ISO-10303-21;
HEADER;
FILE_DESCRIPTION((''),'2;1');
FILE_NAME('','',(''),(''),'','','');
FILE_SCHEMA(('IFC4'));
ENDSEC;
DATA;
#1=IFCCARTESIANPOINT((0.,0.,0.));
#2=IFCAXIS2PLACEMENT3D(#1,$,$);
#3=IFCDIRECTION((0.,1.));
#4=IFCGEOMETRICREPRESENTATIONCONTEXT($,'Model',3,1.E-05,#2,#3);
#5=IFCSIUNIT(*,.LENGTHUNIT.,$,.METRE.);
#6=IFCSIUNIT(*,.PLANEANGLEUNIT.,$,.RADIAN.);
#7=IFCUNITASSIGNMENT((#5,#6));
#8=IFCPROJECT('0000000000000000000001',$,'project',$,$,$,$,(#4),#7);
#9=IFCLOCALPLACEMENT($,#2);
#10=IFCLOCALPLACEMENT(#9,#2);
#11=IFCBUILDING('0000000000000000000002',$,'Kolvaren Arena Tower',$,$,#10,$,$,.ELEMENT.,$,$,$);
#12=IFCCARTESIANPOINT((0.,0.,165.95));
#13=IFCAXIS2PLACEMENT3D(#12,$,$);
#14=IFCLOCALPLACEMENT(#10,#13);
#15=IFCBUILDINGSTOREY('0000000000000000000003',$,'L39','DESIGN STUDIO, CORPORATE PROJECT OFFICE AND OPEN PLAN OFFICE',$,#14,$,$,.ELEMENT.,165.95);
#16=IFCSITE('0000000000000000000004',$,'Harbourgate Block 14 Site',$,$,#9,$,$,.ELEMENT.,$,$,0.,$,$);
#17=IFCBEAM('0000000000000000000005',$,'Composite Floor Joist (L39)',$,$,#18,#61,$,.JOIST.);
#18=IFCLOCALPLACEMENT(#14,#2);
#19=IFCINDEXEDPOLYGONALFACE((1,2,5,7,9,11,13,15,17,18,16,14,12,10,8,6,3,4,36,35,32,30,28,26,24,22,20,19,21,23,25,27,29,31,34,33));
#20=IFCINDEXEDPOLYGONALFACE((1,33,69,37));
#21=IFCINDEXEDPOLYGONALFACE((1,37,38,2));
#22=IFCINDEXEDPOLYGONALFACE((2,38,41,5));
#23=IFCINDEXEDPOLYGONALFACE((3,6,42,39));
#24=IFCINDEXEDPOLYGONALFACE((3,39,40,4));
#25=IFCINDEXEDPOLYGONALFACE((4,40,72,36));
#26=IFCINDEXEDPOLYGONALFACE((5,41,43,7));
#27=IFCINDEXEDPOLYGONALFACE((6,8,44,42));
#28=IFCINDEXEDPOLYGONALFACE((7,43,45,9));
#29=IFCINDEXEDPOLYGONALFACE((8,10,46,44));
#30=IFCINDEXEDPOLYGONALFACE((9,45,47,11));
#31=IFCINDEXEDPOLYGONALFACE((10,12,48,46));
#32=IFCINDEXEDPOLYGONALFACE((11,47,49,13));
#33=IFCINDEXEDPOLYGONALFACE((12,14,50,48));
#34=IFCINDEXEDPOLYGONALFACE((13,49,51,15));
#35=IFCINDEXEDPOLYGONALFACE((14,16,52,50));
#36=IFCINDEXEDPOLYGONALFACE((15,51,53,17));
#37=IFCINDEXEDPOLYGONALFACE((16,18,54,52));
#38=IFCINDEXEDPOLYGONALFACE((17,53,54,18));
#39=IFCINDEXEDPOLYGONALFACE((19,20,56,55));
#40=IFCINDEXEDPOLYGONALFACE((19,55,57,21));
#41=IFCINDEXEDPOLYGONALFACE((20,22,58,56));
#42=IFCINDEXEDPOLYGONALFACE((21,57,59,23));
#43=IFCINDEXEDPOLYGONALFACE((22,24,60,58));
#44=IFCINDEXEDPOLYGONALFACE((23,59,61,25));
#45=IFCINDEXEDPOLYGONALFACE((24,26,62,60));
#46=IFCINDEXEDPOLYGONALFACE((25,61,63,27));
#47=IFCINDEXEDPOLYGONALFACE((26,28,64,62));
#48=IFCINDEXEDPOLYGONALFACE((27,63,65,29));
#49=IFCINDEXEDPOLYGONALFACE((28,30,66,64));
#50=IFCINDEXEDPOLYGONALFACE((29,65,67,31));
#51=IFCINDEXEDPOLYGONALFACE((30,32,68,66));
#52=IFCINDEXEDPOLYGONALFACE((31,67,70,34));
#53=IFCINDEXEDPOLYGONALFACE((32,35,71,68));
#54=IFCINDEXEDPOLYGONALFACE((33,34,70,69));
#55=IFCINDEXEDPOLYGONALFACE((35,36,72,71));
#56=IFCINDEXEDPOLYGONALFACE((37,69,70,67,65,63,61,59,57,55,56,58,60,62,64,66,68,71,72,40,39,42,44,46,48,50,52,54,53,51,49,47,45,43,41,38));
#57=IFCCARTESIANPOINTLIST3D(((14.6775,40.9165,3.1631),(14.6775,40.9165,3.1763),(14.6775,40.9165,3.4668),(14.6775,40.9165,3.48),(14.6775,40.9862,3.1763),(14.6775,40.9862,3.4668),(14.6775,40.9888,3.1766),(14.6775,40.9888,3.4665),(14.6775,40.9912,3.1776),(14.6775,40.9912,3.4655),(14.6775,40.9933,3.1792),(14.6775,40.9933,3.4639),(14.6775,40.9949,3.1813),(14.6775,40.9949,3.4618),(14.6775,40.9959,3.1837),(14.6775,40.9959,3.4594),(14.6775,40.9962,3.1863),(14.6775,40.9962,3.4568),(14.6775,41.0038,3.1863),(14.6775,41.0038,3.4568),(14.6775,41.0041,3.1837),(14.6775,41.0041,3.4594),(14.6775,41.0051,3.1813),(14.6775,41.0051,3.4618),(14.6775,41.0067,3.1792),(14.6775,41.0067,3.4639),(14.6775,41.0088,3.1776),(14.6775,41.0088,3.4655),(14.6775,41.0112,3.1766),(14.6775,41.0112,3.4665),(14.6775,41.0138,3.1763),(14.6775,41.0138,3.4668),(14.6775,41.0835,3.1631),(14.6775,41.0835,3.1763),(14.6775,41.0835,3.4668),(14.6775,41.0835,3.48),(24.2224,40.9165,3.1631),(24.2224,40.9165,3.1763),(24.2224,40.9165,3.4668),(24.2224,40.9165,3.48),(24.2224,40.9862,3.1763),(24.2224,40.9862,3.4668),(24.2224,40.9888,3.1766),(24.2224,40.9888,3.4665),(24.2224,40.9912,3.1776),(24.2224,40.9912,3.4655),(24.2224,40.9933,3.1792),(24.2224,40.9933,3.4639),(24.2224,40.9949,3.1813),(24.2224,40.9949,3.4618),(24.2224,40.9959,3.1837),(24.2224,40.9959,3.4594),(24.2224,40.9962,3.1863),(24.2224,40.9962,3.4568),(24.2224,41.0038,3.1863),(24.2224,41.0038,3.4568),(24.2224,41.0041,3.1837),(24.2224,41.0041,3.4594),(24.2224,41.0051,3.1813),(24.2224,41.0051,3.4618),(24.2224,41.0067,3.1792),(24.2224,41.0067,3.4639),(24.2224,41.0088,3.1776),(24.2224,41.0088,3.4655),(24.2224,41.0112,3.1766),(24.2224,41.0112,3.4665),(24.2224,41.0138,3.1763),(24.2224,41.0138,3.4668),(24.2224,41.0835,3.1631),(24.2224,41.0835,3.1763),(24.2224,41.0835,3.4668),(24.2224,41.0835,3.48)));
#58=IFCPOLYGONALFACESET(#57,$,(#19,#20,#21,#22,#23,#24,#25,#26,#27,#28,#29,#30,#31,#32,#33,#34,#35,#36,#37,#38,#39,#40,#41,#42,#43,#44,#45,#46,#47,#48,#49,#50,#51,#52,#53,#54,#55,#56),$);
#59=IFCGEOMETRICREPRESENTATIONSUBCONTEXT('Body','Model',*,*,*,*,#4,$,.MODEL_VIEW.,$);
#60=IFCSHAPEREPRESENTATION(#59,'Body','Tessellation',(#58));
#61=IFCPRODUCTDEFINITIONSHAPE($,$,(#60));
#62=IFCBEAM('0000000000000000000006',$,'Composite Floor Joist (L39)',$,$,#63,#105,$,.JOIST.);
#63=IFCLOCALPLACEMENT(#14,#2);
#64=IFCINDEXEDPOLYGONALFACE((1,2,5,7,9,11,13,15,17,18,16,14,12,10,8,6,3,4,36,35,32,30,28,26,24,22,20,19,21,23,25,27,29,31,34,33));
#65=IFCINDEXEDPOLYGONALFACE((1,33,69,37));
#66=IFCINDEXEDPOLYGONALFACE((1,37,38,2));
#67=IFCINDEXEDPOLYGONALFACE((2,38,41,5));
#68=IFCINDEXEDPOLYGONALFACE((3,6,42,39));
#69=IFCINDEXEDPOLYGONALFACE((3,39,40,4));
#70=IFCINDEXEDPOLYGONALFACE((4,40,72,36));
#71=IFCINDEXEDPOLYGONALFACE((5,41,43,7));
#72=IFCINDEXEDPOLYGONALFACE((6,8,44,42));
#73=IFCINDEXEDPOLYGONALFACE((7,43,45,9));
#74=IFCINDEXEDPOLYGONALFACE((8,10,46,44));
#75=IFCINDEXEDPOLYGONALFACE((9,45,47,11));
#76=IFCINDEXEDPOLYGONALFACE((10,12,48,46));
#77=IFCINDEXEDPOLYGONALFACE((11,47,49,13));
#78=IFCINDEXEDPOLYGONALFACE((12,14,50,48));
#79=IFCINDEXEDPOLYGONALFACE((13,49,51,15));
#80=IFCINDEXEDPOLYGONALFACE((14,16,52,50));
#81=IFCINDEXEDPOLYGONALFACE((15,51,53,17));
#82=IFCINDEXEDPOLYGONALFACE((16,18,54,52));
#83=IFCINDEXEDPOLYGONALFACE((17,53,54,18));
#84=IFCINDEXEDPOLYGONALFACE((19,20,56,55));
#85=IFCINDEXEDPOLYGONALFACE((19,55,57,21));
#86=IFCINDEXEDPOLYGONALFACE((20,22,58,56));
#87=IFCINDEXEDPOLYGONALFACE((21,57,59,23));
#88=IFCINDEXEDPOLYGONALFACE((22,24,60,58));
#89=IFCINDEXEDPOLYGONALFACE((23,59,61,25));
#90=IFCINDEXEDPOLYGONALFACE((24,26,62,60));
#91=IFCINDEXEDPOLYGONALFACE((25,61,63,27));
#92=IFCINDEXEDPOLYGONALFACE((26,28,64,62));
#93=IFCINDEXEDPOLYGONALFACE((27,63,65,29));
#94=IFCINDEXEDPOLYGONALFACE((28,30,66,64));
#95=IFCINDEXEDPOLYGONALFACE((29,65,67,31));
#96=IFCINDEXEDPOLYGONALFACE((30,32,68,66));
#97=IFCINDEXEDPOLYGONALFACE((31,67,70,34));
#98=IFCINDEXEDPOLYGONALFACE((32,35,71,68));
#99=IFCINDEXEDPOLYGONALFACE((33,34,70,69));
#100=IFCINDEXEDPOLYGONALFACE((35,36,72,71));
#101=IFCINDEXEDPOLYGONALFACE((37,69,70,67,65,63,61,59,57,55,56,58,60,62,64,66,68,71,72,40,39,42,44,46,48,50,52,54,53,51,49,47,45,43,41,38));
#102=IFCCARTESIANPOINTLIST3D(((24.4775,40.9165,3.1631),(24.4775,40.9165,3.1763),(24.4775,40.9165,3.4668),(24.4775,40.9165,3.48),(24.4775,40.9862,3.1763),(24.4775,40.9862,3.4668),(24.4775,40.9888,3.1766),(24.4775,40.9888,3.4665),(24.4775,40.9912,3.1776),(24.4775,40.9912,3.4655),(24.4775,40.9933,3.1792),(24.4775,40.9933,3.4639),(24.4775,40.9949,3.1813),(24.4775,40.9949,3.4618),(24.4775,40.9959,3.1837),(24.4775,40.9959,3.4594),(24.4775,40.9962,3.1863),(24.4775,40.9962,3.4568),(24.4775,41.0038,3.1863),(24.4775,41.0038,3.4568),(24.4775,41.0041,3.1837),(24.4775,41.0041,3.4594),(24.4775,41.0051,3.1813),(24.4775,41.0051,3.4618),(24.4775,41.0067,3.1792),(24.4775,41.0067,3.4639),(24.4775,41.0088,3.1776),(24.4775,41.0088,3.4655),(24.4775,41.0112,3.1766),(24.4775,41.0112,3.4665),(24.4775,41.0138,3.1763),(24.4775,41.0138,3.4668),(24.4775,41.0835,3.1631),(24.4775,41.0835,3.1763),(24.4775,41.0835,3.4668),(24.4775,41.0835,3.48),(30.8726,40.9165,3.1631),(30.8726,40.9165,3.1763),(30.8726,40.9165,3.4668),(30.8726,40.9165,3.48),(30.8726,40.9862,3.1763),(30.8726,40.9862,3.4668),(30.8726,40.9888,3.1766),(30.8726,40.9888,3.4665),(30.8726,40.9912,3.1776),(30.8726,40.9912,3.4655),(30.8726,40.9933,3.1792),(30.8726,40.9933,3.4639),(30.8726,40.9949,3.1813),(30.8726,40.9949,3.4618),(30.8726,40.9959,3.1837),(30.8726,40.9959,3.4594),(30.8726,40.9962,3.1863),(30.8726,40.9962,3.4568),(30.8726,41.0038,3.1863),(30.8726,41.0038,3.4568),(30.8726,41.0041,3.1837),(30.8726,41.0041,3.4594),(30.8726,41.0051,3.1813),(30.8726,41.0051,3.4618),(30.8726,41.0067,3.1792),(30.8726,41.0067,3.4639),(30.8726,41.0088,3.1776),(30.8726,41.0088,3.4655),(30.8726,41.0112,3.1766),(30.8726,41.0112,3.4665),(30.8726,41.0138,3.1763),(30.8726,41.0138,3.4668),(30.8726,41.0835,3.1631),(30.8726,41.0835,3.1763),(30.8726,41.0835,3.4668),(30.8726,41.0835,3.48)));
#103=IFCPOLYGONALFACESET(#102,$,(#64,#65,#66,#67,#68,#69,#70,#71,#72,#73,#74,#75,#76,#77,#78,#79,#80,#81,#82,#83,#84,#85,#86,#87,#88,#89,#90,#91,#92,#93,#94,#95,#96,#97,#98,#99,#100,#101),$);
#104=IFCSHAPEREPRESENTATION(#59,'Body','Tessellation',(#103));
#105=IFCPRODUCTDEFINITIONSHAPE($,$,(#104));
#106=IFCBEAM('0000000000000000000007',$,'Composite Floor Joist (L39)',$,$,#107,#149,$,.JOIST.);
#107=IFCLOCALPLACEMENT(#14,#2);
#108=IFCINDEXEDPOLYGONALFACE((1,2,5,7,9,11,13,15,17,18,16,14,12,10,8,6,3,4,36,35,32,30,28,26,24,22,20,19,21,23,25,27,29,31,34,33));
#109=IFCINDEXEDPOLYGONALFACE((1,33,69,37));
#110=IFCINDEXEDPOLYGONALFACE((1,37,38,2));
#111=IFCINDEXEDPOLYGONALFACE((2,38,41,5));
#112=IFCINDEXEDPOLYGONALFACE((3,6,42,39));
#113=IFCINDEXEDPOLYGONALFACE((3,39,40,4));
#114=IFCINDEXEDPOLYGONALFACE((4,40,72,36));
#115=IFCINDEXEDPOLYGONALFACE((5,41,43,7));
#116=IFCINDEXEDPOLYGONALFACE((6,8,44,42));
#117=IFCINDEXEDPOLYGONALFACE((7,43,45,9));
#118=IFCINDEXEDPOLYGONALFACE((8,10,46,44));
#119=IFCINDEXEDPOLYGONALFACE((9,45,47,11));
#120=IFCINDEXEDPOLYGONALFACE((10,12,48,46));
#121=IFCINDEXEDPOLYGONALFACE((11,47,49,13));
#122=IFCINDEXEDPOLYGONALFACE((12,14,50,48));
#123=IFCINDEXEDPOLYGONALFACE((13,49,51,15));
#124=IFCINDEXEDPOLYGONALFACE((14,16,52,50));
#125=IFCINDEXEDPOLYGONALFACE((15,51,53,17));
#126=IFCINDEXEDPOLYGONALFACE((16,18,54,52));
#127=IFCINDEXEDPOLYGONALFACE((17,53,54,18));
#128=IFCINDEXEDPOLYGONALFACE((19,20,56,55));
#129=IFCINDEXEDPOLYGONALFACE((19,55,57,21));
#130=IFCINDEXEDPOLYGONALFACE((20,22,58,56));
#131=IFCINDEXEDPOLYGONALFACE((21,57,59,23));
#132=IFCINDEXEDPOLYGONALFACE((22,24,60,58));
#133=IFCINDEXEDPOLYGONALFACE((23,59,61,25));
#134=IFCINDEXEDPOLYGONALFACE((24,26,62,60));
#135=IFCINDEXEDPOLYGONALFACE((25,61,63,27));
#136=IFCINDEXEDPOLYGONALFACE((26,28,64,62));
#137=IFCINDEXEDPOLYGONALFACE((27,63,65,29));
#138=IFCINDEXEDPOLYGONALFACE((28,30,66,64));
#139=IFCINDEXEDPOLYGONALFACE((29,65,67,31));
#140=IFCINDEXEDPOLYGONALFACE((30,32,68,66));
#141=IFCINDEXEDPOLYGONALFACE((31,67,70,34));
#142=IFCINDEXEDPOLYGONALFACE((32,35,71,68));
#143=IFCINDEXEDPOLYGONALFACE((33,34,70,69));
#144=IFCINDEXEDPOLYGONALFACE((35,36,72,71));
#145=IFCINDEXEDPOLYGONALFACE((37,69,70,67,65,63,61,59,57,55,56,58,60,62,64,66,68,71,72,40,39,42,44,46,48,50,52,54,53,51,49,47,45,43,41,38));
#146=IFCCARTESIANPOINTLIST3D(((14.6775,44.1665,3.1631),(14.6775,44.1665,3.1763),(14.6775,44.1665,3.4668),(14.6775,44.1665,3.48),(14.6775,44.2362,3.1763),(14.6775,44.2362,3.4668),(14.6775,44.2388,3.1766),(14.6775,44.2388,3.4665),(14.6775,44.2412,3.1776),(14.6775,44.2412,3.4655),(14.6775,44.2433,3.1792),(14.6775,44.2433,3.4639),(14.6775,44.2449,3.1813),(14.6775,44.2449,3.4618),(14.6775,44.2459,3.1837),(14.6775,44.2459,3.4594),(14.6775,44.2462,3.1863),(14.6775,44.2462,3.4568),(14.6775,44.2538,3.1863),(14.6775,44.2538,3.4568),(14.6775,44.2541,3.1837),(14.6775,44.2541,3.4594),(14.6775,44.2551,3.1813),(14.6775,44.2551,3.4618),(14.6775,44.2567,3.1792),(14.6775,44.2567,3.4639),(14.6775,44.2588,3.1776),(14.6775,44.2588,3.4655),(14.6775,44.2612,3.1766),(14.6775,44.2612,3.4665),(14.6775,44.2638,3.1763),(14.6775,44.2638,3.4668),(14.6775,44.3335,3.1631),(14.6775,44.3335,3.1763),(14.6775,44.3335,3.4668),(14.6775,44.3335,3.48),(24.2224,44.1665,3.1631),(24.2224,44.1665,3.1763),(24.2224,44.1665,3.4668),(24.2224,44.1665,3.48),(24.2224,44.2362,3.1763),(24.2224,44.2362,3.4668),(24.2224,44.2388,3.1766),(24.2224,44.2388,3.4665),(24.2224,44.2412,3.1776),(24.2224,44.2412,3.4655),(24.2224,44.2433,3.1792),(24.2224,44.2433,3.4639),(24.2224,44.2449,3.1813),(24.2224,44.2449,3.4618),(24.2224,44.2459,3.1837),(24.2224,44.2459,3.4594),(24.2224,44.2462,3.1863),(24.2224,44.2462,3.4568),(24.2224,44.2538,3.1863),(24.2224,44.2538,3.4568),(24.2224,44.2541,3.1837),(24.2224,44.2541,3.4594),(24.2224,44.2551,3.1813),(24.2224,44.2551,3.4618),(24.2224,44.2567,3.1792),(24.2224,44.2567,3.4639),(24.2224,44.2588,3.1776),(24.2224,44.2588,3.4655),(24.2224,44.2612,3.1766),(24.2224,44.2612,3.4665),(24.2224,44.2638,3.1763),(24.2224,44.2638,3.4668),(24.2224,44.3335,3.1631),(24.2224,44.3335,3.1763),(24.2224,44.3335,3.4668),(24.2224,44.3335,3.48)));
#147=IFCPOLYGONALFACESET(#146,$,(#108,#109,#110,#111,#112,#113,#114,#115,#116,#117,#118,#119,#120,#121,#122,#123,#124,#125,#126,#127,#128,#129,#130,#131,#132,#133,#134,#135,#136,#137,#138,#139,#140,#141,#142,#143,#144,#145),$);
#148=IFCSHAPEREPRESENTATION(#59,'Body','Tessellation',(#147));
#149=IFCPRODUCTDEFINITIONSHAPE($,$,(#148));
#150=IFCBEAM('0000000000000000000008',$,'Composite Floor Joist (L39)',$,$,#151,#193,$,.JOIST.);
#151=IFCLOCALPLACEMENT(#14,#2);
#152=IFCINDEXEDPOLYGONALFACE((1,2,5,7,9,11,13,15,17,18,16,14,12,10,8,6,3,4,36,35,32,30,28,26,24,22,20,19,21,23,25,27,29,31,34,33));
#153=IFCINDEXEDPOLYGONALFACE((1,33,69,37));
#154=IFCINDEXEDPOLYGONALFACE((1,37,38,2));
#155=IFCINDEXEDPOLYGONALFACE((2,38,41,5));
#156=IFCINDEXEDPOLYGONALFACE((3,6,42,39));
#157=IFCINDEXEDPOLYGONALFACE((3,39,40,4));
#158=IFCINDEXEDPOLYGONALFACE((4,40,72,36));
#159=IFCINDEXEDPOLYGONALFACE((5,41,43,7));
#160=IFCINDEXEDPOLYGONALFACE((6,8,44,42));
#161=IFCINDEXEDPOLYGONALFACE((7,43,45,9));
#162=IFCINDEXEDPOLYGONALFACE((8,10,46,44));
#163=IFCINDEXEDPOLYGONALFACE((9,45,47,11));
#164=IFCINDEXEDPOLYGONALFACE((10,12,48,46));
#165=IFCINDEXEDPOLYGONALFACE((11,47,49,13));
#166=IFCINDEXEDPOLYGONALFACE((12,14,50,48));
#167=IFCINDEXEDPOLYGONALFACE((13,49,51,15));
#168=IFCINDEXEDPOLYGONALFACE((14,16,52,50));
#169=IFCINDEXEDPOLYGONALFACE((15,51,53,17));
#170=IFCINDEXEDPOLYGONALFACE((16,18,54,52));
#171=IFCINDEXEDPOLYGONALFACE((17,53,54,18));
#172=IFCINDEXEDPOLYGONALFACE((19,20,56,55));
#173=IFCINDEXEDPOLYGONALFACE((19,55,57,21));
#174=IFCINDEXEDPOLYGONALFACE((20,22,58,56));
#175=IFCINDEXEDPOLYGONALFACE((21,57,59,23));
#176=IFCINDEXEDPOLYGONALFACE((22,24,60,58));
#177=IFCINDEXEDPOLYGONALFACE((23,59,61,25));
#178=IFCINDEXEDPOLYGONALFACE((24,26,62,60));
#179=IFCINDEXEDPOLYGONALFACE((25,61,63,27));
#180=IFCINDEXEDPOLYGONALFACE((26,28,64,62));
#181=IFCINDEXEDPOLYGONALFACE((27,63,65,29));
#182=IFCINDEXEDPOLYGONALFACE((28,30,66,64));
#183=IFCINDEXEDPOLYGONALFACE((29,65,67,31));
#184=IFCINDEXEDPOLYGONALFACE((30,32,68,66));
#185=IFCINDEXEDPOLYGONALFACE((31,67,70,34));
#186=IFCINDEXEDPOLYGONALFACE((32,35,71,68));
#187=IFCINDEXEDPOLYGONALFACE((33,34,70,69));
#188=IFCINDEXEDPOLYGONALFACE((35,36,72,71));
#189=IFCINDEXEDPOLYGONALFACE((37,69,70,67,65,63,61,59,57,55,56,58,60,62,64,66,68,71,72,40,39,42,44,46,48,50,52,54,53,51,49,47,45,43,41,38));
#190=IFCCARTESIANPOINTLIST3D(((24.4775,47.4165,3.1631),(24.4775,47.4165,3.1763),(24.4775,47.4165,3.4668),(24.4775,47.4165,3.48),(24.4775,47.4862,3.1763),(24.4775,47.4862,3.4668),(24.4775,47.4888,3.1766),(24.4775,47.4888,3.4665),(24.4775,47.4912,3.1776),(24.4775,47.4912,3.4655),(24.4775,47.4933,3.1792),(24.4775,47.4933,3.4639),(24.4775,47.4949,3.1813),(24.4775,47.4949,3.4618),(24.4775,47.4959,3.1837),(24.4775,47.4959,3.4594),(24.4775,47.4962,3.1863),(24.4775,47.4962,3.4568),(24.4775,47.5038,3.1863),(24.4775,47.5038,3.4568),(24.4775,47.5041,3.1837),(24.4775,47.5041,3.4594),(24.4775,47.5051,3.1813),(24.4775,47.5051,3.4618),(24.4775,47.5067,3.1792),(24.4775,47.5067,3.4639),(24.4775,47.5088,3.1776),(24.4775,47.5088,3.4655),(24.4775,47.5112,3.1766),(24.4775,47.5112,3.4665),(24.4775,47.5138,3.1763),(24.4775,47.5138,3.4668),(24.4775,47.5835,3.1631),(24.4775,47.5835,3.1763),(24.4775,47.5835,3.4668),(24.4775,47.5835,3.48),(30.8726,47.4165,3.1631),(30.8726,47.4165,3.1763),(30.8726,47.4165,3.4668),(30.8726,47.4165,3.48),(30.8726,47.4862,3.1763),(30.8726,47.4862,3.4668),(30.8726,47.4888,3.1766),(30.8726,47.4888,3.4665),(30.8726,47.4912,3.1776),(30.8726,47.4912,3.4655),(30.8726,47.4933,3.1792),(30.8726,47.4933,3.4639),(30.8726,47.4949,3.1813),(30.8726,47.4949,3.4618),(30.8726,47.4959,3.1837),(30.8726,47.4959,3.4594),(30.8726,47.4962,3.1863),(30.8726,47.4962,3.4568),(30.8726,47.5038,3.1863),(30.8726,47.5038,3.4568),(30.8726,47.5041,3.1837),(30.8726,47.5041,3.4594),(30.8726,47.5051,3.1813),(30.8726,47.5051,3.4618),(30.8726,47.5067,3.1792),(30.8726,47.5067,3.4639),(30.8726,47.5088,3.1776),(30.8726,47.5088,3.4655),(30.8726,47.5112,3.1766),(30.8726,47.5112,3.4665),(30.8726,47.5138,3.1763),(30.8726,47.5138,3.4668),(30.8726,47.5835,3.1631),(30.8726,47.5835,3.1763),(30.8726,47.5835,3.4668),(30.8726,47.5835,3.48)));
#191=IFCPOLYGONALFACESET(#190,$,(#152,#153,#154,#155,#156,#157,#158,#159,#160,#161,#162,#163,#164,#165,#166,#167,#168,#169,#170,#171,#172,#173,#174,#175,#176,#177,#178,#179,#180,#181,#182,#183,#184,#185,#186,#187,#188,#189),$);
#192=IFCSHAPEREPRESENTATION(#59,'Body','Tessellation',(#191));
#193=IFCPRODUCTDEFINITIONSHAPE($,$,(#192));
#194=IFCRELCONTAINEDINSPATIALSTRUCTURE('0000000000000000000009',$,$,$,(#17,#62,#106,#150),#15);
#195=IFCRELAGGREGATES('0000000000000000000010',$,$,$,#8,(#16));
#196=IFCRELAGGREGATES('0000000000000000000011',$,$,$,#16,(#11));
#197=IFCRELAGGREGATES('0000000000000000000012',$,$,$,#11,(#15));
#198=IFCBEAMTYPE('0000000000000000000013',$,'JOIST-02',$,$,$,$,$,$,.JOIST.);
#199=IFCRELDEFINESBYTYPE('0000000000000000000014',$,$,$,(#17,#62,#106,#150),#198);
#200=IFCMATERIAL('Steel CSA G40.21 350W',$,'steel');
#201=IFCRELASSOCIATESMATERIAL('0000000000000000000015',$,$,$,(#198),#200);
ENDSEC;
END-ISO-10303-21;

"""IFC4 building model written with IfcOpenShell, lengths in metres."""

from ifc_helpers import new_model, si_unit, direction, frame, origin, origin_2d, place, context, subcontext, project, spatial, i_section, extrude, material, material_profile, profile_set, type_object, element, save


model = new_model("IFC4")

# Units and contexts
model_context = context("Model", 3, precision=1e-05, world=origin(), true_north=direction((0.0, 1.0)))
body_context = subcontext(model_context, "Body", "Model", "MODEL_VIEW")
ifc_project = project(units=[si_unit("LENGTHUNIT", "METRE"), si_unit("PLANEANGLEUNIT", "RADIAN")], contexts=[model_context])

# Site, building, storey
site_placement = place(None, origin())
site = spatial("IfcSite", under=ifc_project, at=site_placement, Name="Harbourgate Block 14 Site", CompositionType="ELEMENT", RefElevation=0.0)
building_placement = place(site_placement, origin())
building = spatial("IfcBuilding", under=site, at=building_placement, Name="Kolvaren Arena Tower", CompositionType="ELEMENT")
storey_placement = place(building_placement, frame((0.0, 0.0, 165.95)))
storey = spatial("IfcBuildingStorey", under=building, at=storey_placement, Name="L39", Description="DESIGN STUDIO, CORPORATE PROJECT OFFICE AND OPEN PLAN OFFICE", CompositionType="ELEMENT", Elevation=165.95)

# Beams
ifc_material_1 = material(Name="Steel CSA G40.21 350W", Category="steel")
ifc_material_profile_1 = material_profile(ifc_material_1, i_section(OverallWidth=0.167, OverallDepth=0.3169, WebThickness=0.0076, FlangeThickness=0.0132, FilletRadius=0.01, at=origin_2d()), Name="W310x52")
ifc_profile_set_1 = profile_set([ifc_material_profile_1], Name="Steel CSA G40.21 350W")
beam_type_1 = type_object("IfcBeamType", Name="JOIST-02", PredefinedType="JOIST", material=ifc_profile_set_1)
beam_1_placement = place(storey_placement, frame((14.6775, 41.0, 3.3215), z_axis=(1.0, 0.0, 0.0), x_axis=(0.0, 1.0, 0.0)))
element("IfcBeam", 1, at=beam_1_placement, inside=storey, type_object=beam_type_1, Name="Composite Floor Joist (L39)", PredefinedType="JOIST", context=body_context, shape_type="SweptSolid", body=[
    extrude(i_section(OverallWidth=0.167, OverallDepth=0.3169, WebThickness=0.0076, FlangeThickness=0.0132, FilletRadius=0.01, at=origin_2d()), origin(), (0.0, 0.0, 1.0), 9.5449),
])
beam_2_placement = place(storey_placement, frame((24.4775, 41.0, 3.3215), z_axis=(1.0, 0.0, 0.0), x_axis=(0.0, 1.0, 0.0)))
element("IfcBeam", 2, at=beam_2_placement, inside=storey, type_object=beam_type_1, Name="Composite Floor Joist (L39)", PredefinedType="JOIST", context=body_context, shape_type="SweptSolid", body=[
    extrude(i_section(OverallWidth=0.167, OverallDepth=0.3169, WebThickness=0.0076, FlangeThickness=0.0132, FilletRadius=0.01, at=origin_2d()), origin(), (0.0, 0.0, 1.0), 6.395),
])
beam_3_placement = place(storey_placement, frame((14.6775, 44.25, 3.3215), z_axis=(1.0, 0.0, 0.0), x_axis=(0.0, 1.0, 0.0)))
element("IfcBeam", 3, at=beam_3_placement, inside=storey, type_object=beam_type_1, Name="Composite Floor Joist (L39)", PredefinedType="JOIST", context=body_context, shape_type="SweptSolid", body=[
    extrude(i_section(OverallWidth=0.167, OverallDepth=0.3169, WebThickness=0.0076, FlangeThickness=0.0132, FilletRadius=0.01, at=origin_2d()), origin(), (0.0, 0.0, 1.0), 9.5449),
])
beam_4_placement = place(storey_placement, frame((24.4775, 47.5, 3.3215), z_axis=(1.0, 0.0, 0.0), x_axis=(0.0, 1.0, 0.0)))
element("IfcBeam", 4, at=beam_4_placement, inside=storey, type_object=beam_type_1, Name="Composite Floor Joist (L39)", PredefinedType="JOIST", context=body_context, shape_type="SweptSolid", body=[
    extrude(i_section(OverallWidth=0.167, OverallDepth=0.3169, WebThickness=0.0076, FlangeThickness=0.0132, FilletRadius=0.01, at=origin_2d()), origin(), (0.0, 0.0, 1.0), 6.395),
])

save(model, "model.ifc")
